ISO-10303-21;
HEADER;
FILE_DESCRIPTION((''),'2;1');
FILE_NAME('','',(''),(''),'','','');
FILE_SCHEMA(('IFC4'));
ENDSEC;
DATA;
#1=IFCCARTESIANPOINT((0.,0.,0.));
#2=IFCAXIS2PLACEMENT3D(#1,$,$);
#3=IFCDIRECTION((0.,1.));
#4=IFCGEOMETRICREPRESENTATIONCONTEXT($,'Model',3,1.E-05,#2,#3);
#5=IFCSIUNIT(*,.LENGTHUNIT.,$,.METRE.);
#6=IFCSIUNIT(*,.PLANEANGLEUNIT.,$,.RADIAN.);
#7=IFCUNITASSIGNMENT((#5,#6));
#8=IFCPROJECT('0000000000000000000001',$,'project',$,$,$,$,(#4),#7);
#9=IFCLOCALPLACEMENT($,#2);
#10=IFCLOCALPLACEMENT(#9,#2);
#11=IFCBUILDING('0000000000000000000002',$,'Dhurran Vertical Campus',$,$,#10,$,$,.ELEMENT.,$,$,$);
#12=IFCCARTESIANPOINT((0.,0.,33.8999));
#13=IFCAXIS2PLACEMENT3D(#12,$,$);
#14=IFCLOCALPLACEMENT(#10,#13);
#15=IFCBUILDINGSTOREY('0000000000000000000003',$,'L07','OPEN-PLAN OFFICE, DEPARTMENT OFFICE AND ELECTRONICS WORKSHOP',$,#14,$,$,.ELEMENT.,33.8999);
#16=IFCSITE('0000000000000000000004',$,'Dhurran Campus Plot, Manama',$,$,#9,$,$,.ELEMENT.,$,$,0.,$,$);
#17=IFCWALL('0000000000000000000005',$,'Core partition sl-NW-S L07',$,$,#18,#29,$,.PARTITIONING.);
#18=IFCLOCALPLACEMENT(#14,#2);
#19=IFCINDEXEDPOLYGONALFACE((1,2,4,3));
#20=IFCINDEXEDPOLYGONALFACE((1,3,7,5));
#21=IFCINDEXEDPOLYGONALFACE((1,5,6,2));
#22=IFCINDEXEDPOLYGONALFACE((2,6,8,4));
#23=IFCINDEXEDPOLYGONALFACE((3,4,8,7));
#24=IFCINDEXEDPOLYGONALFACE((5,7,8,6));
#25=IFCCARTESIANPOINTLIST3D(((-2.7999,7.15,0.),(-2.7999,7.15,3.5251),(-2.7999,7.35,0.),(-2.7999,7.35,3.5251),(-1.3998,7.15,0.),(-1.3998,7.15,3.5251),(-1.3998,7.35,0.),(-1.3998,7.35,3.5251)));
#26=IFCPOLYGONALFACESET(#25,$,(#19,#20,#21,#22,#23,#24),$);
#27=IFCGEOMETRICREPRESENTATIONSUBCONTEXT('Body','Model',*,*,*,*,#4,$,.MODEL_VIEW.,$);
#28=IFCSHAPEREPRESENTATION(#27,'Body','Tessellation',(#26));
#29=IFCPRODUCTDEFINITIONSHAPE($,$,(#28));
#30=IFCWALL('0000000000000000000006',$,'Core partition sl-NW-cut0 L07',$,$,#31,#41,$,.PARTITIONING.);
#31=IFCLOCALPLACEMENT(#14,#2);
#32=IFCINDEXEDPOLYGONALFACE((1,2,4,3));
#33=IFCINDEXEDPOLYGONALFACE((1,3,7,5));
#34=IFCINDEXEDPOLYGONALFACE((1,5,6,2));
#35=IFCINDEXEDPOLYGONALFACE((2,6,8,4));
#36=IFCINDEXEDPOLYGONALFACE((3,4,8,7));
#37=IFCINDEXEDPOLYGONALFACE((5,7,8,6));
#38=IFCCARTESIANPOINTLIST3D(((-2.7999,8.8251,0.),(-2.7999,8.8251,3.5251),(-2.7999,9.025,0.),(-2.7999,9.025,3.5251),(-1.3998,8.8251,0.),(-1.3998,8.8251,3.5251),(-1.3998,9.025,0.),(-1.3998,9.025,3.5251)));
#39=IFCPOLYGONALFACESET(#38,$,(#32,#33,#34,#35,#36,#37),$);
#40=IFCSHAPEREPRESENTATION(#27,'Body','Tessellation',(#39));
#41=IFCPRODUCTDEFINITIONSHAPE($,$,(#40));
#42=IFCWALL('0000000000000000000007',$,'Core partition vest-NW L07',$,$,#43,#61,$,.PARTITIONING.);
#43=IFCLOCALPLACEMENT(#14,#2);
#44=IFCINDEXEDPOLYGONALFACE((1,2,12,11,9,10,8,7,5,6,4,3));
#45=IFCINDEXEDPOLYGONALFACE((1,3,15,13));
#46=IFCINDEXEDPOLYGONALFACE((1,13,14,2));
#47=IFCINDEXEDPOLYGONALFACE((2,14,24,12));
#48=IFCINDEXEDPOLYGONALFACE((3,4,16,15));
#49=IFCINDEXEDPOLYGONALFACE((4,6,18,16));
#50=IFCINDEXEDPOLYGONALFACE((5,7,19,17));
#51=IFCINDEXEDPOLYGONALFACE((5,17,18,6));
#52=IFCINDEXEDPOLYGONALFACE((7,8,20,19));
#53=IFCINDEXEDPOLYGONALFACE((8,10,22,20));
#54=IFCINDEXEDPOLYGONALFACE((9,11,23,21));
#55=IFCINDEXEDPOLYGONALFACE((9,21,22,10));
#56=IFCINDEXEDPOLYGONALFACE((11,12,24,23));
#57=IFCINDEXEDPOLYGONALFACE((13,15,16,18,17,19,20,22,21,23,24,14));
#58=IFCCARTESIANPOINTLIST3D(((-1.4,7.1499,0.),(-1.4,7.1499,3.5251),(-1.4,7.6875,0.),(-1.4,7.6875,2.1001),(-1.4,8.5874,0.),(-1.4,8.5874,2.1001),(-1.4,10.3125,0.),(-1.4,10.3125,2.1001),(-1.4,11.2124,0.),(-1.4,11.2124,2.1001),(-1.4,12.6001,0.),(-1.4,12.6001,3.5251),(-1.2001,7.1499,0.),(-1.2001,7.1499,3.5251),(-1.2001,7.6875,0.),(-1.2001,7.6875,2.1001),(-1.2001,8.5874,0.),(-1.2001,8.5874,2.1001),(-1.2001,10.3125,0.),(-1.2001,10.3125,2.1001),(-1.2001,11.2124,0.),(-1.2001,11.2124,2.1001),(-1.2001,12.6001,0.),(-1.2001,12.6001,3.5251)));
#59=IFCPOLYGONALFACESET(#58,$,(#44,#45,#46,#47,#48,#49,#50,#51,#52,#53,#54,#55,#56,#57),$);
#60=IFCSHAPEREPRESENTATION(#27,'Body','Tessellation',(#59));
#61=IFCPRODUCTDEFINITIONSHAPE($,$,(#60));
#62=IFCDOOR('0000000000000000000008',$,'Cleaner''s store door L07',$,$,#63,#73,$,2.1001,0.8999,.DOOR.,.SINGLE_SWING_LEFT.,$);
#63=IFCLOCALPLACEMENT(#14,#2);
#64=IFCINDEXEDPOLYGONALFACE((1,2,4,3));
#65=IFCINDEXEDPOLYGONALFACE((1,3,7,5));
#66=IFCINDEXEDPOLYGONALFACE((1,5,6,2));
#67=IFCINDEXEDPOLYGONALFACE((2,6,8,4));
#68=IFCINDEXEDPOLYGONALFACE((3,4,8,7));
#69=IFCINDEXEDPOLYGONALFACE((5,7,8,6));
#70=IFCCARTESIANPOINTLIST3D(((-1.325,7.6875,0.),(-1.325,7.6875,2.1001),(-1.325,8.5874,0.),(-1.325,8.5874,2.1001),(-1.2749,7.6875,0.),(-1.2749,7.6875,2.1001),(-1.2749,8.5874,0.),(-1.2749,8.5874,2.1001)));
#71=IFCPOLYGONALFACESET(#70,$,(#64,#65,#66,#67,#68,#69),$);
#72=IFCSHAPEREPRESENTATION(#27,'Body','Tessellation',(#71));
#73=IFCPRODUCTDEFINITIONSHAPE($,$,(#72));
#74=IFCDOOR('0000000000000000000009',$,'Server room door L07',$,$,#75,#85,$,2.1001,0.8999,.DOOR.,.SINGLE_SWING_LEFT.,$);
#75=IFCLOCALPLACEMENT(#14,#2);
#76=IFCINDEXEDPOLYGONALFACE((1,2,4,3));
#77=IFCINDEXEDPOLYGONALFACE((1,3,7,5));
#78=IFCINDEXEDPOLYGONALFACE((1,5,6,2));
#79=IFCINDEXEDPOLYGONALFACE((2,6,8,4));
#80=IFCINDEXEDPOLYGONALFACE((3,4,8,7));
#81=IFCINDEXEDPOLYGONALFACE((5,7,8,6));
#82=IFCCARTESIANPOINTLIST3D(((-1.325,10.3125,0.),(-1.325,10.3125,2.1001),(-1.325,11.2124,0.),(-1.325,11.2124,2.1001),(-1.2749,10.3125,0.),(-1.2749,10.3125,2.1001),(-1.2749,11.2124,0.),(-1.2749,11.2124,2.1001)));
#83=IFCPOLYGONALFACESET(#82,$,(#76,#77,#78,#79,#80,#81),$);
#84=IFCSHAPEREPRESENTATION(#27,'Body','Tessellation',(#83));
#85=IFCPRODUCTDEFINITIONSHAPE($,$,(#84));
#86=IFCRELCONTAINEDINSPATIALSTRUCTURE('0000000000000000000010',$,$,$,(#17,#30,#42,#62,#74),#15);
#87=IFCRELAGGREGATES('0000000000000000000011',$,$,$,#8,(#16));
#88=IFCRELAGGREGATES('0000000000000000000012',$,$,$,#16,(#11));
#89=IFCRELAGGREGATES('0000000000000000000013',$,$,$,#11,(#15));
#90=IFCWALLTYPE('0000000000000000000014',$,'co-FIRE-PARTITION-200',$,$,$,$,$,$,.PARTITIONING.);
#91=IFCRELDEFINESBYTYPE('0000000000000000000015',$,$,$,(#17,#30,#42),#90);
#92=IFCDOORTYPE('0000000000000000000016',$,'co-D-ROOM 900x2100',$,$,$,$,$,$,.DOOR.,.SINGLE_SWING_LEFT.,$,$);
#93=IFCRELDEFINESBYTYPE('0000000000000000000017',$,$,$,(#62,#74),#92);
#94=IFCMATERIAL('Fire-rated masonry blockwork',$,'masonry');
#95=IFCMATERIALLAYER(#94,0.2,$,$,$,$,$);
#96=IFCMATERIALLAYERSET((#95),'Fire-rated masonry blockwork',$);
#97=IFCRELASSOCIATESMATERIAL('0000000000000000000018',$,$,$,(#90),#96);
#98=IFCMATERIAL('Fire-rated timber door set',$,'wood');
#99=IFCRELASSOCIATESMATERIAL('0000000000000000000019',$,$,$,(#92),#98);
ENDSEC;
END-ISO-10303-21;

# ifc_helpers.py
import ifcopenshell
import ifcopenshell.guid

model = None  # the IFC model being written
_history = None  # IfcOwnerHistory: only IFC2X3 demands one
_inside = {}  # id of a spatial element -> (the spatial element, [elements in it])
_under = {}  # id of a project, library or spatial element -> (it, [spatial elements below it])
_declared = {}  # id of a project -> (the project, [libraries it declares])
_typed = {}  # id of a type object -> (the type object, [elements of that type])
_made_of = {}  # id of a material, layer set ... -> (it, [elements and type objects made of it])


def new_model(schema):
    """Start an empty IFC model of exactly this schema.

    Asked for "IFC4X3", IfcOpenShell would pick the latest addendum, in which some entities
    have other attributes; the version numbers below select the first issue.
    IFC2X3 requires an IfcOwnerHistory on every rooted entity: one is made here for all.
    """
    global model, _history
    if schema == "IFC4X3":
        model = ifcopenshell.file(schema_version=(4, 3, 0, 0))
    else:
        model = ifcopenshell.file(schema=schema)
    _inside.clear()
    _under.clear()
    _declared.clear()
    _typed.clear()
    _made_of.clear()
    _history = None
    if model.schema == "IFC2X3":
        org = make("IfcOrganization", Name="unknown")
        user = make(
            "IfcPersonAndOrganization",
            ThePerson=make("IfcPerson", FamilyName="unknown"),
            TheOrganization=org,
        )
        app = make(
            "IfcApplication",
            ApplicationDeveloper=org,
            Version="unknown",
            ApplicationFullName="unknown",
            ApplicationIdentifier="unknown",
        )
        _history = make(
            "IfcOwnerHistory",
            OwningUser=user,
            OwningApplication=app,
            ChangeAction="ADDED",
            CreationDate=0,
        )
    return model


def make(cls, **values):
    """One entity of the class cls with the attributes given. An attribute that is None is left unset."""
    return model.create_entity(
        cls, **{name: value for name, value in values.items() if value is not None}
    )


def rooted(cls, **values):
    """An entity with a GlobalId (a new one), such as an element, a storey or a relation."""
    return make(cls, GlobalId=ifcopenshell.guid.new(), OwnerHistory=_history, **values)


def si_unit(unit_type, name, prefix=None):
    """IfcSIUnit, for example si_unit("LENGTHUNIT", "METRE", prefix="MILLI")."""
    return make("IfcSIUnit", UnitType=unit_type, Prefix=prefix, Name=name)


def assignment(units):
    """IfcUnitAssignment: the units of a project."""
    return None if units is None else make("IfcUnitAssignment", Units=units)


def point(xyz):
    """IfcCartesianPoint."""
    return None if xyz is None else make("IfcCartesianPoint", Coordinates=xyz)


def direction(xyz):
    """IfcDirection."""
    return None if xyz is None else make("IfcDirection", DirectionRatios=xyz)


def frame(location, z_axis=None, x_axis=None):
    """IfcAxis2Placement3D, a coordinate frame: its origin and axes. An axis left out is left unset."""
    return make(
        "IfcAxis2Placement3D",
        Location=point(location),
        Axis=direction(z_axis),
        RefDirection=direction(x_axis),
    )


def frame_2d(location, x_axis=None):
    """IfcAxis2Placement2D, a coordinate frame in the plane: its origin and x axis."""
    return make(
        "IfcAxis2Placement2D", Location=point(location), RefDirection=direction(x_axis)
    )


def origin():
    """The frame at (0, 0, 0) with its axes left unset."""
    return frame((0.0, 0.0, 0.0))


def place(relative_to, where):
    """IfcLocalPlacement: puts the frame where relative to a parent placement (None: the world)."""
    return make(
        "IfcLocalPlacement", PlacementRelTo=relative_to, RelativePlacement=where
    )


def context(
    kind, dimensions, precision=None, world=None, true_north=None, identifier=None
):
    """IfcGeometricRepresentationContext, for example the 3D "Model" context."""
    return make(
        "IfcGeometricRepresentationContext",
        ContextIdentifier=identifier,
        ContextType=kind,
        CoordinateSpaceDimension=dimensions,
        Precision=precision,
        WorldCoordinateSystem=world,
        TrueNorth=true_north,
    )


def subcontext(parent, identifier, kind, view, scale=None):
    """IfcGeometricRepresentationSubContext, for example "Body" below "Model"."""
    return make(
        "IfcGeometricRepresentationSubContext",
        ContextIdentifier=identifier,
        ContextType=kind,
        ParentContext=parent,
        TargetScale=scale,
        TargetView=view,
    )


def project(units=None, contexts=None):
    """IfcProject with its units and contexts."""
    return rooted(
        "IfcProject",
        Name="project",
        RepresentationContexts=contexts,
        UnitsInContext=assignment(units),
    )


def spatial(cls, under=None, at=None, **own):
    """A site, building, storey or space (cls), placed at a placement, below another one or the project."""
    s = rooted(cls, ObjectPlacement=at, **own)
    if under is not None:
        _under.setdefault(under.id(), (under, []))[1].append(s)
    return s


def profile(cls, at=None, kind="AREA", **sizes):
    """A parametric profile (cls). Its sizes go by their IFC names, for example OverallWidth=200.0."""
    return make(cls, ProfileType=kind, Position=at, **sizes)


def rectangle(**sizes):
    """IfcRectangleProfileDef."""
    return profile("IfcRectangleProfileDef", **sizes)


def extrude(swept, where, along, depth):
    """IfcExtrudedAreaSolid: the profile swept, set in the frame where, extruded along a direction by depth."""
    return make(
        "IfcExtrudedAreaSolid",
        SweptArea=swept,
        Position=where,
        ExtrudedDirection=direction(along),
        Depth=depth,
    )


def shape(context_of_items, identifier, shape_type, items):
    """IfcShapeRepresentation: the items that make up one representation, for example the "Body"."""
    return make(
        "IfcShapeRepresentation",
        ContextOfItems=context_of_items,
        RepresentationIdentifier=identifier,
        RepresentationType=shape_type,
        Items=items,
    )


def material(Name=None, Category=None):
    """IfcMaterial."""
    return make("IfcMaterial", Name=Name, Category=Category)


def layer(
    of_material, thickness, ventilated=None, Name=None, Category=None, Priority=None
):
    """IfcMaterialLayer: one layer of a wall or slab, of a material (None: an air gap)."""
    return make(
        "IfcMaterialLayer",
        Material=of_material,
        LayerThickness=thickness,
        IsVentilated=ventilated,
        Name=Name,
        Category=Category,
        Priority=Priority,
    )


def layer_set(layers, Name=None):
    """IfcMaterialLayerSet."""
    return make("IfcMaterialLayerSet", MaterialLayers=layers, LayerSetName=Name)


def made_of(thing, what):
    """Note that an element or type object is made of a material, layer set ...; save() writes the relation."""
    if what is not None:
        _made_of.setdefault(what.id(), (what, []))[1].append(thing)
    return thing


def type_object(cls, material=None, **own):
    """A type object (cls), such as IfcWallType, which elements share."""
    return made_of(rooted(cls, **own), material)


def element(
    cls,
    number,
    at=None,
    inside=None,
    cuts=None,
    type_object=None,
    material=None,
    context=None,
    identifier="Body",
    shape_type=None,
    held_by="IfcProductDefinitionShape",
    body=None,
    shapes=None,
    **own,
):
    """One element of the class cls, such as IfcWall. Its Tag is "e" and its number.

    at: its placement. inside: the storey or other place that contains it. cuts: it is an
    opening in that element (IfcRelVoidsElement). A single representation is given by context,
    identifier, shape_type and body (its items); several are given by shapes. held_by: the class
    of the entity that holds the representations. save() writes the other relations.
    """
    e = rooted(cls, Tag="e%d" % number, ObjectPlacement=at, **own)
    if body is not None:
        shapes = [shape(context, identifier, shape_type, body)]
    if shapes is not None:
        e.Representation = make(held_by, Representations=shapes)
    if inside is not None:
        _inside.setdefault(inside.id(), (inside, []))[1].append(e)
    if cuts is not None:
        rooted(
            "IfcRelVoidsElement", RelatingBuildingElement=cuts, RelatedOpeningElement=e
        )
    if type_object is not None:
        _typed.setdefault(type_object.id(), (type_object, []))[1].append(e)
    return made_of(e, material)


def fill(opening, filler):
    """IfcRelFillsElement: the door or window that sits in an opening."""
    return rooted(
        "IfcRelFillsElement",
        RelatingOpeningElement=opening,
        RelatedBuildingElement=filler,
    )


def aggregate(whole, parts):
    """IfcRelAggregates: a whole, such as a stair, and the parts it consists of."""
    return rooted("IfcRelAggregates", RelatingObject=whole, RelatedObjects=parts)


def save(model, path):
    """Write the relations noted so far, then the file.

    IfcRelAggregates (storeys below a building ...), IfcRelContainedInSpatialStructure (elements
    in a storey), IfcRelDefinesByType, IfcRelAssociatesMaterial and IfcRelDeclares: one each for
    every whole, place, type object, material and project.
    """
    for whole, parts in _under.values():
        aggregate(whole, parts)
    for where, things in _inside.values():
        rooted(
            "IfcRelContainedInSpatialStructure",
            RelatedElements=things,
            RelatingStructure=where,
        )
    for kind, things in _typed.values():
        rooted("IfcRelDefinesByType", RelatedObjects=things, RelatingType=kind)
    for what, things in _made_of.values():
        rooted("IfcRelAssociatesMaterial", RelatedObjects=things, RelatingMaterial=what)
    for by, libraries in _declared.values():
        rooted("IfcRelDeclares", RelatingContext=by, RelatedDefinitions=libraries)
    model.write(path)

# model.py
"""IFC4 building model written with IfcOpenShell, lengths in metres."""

from ifc_helpers import new_model, si_unit, direction, frame, frame_2d, origin, place, context, subcontext, project, spatial, rectangle, extrude, material, layer, layer_set, type_object, element, fill, save


model = new_model("IFC4")

# Units and contexts
model_context = context("Model", 3, precision=1e-05, world=origin(), true_north=direction((0.0, 1.0)))
body_context = subcontext(model_context, "Body", "Model", "MODEL_VIEW")
ifc_project = project(units=[si_unit("LENGTHUNIT", "METRE"), si_unit("PLANEANGLEUNIT", "RADIAN")], contexts=[model_context])

# Site, building, storey
site_placement = place(None, origin())
site = spatial("IfcSite", under=ifc_project, at=site_placement, Name="Dhurran Campus Plot, Manama", CompositionType="ELEMENT", RefElevation=0.0)
building_placement = place(site_placement, origin())
building = spatial("IfcBuilding", under=site, at=building_placement, Name="Dhurran Vertical Campus", CompositionType="ELEMENT")
storey_placement = place(building_placement, frame((0.0, 0.0, 33.8999)))
storey = spatial("IfcBuildingStorey", under=building, at=storey_placement, Name="L07", Description="OPEN-PLAN OFFICE, DEPARTMENT OFFICE AND ELECTRONICS WORKSHOP", CompositionType="ELEMENT", Elevation=33.8999)

# Walls
ifc_material_1 = material(Name="Fire-rated masonry blockwork", Category="masonry")
ifc_layer_1 = layer(ifc_material_1, 0.2)
ifc_layer_set_1 = layer_set([ifc_layer_1], Name="Fire-rated masonry blockwork")
wall_type_1 = type_object("IfcWallType", Name="co-FIRE-PARTITION-200", PredefinedType="PARTITIONING", material=ifc_layer_set_1)
for number, where, z_axis, x_axis, name in (
    (1, (-2.8, 7.25, 0.0), (0.0, 0.0, 1.0), (1.0, 0.0, 0.0), "Core partition sl-NW-S L07"),
    (2, (-2.8, 8.925, 0.0), (0.0, 0.0, 1.0), (1.0, 0.0, 0.0), "Core partition sl-NW-cut0 L07"),
):
    element("IfcWall", number, at=place(storey_placement, frame(where, z_axis=z_axis, x_axis=x_axis)), inside=storey, type_object=wall_type_1, Name=name, PredefinedType="PARTITIONING", context=body_context, shape_type="SweptSolid", body=[
        extrude(rectangle(XDim=1.4001, YDim=0.2, at=frame_2d((0.7002, 0.0))), origin(), (0.0, 0.0, 1.0), 3.5251),
    ])

# Wall, openings, doors
wall_1_placement = place(storey_placement, frame((-1.3, 7.1499, 0.0), z_axis=(0.0, 0.0, 1.0), x_axis=(0.0, 1.0, 0.0)))
wall_1 = element("IfcWall", 3, at=wall_1_placement, inside=storey, type_object=wall_type_1, Name="Core partition vest-NW L07", PredefinedType="PARTITIONING", context=body_context, shape_type="SweptSolid", body=[
    extrude(rectangle(XDim=5.4502, YDim=0.2, at=frame_2d((2.7251, 0.0))), origin(), (0.0, 0.0, 1.0), 3.5251),
])
opening_1_placement = place(wall_1_placement, frame((0.5376, 0.0, 0.0)))
opening_1 = element("IfcOpeningElement", 4, at=opening_1_placement, cuts=wall_1, PredefinedType="OPENING", context=body_context, shape_type="SweptSolid", body=[
    extrude(rectangle(XDim=0.8999, YDim=2.1001, at=frame_2d((0.45, 1.05))), frame((0.0, 0.1099, 0.0), z_axis=(0.0, -1.0, 0.0), x_axis=(1.0, 0.0, 0.0)), (0.0, 0.0, 1.0), 0.22),
])
opening_2_placement = place(wall_1_placement, frame((3.1626, 0.0, 0.0)))
opening_2 = element("IfcOpeningElement", 5, at=opening_2_placement, cuts=wall_1, PredefinedType="OPENING", context=body_context, shape_type="SweptSolid", body=[
    extrude(rectangle(XDim=0.8999, YDim=2.1001, at=frame_2d((0.45, 1.05))), frame((0.0, 0.1099, 0.0), z_axis=(0.0, -1.0, 0.0), x_axis=(1.0, 0.0, 0.0)), (0.0, 0.0, 1.0), 0.22),
])
ifc_material_2 = material(Name="Fire-rated timber door set", Category="wood")
door_type_1 = type_object("IfcDoorType", Name="co-D-ROOM 900x2100", OperationType="SINGLE_SWING_LEFT", PredefinedType="DOOR", material=ifc_material_2)
door_1_placement = place(opening_1_placement, origin())
door_1 = element("IfcDoor", 6, at=door_1_placement, inside=storey, type_object=door_type_1, Name="Cleaner's store door L07", OperationType="SINGLE_SWING_LEFT", OverallHeight=2.1001, OverallWidth=0.8999, PredefinedType="DOOR", context=body_context, shape_type="SweptSolid", body=[
    extrude(rectangle(XDim=0.8999, YDim=2.1001, at=frame_2d((0.45, 1.05))), frame((0.0, 0.0249, 0.0), z_axis=(0.0, -1.0, 0.0), x_axis=(1.0, 0.0, 0.0)), (0.0, 0.0, 1.0), 0.05),
])
fill(opening_1, door_1)
door_2_placement = place(opening_2_placement, origin())
door_2 = element("IfcDoor", 7, at=door_2_placement, inside=storey, type_object=door_type_1, Name="Server room door L07", OperationType="SINGLE_SWING_LEFT", OverallHeight=2.1001, OverallWidth=0.8999, PredefinedType="DOOR", context=body_context, shape_type="SweptSolid", body=[
    extrude(rectangle(XDim=0.8999, YDim=2.1001, at=frame_2d((0.45, 1.05))), frame((0.0, 0.0249, 0.0), z_axis=(0.0, -1.0, 0.0), x_axis=(1.0, 0.0, 0.0)), (0.0, 0.0, 1.0), 0.05),
])
fill(opening_2, door_2)

save(model, "model.ifc")
